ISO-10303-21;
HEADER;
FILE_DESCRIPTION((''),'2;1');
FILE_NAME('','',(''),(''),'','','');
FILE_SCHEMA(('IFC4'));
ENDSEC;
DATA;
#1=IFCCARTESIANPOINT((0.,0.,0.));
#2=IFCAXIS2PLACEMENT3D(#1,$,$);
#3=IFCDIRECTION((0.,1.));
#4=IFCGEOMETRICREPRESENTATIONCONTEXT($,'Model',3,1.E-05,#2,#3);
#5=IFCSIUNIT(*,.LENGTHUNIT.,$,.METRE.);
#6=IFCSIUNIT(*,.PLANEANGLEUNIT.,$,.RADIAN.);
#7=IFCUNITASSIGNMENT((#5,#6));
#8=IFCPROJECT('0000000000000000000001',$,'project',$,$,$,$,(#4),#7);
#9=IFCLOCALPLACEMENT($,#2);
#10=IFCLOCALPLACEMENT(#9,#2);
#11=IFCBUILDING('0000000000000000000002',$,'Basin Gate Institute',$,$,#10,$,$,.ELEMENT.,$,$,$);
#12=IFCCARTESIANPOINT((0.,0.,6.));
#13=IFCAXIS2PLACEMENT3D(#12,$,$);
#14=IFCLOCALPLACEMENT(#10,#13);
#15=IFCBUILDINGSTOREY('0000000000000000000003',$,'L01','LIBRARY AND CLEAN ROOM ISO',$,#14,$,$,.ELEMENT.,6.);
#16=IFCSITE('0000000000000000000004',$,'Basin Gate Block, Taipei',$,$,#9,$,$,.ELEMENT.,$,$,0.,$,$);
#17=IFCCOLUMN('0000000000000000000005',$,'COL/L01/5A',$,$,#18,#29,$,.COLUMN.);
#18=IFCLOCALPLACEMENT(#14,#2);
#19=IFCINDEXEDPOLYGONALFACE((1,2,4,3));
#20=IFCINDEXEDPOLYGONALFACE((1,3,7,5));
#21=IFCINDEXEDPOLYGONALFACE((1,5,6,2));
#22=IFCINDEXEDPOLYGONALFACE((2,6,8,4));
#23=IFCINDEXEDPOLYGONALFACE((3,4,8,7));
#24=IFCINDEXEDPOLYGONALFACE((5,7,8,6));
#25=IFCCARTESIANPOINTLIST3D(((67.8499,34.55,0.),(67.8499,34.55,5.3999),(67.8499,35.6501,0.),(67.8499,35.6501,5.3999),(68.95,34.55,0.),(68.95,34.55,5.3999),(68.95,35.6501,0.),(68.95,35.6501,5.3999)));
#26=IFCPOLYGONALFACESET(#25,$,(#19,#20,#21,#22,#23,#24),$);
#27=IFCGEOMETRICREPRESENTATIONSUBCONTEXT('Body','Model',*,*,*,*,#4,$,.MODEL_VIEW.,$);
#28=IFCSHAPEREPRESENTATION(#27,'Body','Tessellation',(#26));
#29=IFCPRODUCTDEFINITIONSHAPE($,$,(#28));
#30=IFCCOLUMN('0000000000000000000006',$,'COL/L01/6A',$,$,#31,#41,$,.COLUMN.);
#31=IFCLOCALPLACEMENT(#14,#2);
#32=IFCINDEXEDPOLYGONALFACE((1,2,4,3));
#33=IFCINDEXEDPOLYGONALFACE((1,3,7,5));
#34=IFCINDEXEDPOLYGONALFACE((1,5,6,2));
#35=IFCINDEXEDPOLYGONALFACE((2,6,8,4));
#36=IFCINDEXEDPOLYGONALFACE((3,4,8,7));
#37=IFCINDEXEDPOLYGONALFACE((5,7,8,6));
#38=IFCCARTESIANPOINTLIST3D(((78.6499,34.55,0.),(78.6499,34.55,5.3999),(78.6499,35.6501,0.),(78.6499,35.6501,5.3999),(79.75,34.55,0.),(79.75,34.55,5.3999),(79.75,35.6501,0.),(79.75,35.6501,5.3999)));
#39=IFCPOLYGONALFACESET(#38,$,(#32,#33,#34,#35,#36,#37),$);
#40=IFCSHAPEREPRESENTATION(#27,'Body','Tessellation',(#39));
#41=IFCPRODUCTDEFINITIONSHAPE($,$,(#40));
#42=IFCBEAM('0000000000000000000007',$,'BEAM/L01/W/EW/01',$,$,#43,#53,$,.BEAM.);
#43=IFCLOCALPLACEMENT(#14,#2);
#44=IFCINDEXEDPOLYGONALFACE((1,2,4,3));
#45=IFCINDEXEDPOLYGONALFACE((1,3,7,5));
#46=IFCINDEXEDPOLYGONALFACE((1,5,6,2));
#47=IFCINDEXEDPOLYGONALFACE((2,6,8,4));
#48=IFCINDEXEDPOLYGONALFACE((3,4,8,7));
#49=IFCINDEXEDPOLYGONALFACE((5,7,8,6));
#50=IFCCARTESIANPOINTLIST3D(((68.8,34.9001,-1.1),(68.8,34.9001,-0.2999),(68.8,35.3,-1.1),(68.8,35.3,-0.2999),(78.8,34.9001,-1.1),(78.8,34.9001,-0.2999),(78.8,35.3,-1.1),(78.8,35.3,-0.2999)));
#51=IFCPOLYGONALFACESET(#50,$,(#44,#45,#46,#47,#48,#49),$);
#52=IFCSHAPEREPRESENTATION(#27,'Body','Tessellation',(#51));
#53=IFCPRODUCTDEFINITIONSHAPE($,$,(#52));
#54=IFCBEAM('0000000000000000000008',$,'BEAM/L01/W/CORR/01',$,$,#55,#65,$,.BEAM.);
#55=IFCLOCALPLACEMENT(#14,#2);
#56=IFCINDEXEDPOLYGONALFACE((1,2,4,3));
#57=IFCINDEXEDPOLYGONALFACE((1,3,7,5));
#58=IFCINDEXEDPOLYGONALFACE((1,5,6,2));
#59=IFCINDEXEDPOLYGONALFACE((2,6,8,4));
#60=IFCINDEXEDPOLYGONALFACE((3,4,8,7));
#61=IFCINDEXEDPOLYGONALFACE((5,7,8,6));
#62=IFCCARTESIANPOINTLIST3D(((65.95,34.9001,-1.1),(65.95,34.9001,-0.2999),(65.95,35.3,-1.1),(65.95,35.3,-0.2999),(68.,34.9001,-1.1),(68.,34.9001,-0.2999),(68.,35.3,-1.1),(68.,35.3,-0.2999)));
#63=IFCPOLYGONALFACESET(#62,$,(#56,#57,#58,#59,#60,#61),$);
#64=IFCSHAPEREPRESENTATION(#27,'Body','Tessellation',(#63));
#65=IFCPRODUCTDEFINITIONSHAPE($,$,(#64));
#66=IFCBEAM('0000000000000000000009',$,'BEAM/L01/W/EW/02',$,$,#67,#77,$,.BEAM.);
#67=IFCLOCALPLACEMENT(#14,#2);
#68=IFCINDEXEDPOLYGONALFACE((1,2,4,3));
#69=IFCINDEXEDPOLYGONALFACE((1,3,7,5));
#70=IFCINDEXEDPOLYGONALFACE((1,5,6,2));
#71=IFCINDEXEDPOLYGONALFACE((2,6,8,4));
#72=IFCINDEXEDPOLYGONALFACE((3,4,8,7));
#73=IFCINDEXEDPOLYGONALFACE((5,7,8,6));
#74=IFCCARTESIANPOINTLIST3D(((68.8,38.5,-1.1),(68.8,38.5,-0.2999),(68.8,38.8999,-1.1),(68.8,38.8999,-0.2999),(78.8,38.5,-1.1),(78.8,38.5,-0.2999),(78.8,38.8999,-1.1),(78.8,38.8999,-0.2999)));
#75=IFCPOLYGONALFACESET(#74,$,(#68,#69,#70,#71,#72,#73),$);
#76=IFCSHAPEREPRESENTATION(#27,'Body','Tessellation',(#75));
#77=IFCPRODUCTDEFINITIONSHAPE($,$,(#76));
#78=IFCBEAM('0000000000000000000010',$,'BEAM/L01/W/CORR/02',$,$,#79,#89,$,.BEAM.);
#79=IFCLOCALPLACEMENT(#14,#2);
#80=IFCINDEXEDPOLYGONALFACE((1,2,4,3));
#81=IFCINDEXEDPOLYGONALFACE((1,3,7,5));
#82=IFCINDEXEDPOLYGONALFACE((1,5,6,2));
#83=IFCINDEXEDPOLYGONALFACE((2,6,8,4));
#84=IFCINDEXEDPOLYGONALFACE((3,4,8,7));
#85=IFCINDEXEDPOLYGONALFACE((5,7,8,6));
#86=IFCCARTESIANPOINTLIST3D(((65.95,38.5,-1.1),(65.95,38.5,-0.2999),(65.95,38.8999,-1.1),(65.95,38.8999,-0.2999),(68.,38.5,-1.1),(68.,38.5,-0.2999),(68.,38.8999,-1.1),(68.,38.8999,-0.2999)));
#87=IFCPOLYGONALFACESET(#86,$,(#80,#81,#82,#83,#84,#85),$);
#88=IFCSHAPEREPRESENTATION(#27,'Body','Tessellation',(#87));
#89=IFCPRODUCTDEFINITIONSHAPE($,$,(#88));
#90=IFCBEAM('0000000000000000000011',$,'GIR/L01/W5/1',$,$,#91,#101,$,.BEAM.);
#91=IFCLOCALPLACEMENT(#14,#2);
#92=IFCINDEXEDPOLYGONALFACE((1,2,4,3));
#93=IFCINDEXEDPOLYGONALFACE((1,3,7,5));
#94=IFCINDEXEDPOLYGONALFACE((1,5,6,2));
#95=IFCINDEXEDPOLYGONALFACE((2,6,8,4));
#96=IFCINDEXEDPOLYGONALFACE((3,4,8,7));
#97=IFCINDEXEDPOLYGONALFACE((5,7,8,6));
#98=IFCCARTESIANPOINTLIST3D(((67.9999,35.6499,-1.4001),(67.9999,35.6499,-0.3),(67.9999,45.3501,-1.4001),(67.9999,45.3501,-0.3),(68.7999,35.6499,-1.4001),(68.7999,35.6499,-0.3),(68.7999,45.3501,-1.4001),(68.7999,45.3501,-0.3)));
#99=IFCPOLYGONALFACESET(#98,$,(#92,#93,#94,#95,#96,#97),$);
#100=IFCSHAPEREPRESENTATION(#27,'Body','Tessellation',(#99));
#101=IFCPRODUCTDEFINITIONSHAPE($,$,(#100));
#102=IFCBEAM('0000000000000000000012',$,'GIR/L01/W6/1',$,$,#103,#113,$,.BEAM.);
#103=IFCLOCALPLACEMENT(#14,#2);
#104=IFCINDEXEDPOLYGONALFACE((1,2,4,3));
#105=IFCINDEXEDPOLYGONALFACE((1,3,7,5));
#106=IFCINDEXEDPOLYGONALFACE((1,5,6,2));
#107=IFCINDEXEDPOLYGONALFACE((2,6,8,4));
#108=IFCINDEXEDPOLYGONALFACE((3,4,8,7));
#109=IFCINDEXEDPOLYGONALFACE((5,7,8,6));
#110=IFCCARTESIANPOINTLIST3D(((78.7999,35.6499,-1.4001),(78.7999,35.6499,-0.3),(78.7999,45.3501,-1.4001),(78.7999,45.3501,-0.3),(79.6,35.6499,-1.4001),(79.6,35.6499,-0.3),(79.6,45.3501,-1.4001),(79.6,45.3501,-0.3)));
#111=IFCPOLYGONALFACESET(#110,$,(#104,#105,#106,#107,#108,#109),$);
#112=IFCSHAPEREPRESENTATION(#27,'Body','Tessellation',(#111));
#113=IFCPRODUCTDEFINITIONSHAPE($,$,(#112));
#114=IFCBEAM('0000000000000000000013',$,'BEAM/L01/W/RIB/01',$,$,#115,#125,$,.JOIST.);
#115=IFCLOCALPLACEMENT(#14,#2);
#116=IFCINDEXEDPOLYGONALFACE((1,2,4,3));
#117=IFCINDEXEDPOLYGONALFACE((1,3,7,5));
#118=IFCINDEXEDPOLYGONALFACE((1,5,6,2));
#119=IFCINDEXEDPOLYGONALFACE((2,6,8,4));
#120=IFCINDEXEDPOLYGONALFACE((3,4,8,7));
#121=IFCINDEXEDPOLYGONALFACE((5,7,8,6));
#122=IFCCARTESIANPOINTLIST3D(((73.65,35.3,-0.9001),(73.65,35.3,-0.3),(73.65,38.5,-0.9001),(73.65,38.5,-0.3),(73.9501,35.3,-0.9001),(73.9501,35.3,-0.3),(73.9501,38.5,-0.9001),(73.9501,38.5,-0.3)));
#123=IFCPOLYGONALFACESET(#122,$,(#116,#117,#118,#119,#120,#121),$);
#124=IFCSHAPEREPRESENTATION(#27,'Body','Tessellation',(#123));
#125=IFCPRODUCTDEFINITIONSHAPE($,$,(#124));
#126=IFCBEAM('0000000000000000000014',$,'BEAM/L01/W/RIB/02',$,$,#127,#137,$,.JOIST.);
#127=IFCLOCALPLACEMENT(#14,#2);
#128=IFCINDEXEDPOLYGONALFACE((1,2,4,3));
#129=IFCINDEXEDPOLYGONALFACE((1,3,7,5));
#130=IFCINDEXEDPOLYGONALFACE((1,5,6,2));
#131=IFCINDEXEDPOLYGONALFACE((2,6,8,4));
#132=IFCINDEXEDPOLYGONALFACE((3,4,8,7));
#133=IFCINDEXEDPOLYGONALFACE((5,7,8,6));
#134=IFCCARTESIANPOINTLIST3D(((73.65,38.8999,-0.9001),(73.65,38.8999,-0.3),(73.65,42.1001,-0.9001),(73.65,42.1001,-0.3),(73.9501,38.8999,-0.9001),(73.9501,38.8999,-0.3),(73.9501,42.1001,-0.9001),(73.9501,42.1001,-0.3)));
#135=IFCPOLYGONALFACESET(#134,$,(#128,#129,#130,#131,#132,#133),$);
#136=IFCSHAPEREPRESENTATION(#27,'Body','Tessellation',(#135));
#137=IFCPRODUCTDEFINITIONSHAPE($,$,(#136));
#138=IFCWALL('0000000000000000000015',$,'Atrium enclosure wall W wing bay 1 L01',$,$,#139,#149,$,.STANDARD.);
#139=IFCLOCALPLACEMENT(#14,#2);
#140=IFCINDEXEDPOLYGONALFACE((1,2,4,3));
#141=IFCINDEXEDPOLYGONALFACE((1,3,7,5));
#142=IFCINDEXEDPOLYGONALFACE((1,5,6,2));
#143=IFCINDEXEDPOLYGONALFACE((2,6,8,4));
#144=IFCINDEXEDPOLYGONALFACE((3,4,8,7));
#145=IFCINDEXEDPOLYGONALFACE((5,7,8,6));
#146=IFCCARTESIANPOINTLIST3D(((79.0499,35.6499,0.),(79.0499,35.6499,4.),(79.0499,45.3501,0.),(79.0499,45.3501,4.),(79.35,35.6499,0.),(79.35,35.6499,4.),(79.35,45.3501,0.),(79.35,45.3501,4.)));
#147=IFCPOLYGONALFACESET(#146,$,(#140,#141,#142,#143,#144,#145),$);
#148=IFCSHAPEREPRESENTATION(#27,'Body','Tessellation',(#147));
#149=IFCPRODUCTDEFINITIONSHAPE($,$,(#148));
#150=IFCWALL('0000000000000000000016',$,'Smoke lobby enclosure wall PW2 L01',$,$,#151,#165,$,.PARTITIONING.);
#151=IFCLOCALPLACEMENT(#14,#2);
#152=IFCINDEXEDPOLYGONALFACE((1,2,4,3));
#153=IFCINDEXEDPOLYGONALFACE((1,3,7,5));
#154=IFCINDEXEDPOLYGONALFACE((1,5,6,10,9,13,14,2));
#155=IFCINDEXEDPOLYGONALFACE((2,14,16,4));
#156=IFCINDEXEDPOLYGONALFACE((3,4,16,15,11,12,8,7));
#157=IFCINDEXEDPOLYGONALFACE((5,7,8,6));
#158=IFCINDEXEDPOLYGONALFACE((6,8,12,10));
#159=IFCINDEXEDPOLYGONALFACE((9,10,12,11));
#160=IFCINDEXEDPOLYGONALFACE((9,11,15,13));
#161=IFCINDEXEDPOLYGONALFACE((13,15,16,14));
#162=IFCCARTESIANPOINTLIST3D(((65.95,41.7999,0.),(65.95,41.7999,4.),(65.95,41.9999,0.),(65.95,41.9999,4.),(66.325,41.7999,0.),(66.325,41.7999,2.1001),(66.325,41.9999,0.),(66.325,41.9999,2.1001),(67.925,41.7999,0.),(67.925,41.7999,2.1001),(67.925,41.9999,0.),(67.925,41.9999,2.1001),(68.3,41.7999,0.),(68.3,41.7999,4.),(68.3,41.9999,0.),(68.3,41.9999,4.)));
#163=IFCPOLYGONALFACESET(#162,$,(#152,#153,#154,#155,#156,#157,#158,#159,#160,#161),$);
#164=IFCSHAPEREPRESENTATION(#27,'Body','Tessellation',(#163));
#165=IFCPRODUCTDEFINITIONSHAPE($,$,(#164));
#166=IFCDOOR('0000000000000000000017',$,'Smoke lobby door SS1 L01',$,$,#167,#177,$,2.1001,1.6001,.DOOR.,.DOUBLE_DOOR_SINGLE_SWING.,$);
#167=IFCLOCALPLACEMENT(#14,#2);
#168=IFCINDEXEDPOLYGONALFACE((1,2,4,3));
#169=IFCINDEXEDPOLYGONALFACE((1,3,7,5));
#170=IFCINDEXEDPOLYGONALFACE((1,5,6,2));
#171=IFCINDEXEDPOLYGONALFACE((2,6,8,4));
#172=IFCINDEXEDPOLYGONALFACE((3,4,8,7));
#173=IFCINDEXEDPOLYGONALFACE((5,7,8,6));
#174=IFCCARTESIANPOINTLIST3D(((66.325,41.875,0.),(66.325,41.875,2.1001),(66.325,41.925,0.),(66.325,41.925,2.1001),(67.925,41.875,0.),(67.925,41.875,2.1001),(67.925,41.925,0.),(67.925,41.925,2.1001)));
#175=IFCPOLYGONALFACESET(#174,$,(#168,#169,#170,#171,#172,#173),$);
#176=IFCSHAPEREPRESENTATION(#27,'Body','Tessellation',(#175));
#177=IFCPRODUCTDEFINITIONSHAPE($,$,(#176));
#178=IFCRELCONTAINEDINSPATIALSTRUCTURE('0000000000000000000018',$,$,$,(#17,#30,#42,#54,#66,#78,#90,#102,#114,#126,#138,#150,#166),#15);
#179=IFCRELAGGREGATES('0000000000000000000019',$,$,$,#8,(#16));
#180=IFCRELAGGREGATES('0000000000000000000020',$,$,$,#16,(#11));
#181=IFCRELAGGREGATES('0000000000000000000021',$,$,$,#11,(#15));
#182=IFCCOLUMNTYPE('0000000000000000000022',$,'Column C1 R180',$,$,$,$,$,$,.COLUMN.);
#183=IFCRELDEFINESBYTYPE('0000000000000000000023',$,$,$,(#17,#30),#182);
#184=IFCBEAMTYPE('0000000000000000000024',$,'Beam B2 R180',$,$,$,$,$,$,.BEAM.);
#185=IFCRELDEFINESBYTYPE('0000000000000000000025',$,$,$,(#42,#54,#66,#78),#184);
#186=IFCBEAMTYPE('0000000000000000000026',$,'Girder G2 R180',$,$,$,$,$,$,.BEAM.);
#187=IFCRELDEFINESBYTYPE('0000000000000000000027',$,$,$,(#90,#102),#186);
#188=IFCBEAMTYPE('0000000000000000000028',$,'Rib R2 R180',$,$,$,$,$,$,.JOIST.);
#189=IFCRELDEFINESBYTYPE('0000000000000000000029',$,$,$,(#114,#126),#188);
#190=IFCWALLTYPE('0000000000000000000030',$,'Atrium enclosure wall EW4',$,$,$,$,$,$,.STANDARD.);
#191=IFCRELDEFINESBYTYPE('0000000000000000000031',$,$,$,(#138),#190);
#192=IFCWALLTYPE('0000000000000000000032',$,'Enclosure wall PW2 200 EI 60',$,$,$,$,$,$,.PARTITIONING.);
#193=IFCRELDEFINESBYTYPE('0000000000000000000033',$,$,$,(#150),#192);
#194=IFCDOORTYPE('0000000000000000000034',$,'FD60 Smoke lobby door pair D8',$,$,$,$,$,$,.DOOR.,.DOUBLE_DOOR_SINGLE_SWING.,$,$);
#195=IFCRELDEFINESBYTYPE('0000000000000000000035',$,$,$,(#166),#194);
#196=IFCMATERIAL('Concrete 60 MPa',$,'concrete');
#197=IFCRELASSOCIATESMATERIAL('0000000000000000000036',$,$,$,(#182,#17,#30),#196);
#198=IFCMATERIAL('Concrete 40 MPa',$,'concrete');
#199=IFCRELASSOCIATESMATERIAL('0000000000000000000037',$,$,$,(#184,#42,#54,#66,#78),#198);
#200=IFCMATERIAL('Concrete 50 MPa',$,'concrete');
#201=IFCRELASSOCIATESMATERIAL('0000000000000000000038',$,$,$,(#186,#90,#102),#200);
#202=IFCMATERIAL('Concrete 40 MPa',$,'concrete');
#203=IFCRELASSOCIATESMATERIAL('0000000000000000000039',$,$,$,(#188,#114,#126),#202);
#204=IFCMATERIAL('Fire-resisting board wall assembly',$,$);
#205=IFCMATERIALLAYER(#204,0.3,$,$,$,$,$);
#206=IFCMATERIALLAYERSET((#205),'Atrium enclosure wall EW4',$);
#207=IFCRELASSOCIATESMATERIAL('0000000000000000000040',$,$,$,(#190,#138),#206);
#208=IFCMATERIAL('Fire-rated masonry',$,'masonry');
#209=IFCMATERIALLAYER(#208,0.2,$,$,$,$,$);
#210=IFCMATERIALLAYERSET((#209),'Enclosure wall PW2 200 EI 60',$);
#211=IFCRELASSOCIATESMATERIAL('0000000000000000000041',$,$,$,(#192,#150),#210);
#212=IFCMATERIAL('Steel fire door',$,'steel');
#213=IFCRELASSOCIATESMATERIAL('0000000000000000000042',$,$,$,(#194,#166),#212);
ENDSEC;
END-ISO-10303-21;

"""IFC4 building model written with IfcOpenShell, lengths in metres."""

from ifc_helpers import new_model, si_unit, direction, frame, frame_2d, origin, origin_2d, place, context, subcontext, project, spatial, rectangle, extrude, material, layer, layer_set, material_profile, profile_set, type_object, element, fill, save


model = new_model("IFC4")

# Units and contexts
model_context = context("Model", 3, precision=1e-05, world=origin(), true_north=direction((0.0, 1.0)))
body_context = subcontext(model_context, "Body", "Model", "MODEL_VIEW")
ifc_project = project(units=[si_unit("LENGTHUNIT", "METRE"), si_unit("PLANEANGLEUNIT", "RADIAN")], contexts=[model_context])

# Site, building, storey
site_placement = place(None, origin())
site = spatial("IfcSite", under=ifc_project, at=site_placement, Name="Basin Gate Block, Taipei", CompositionType="ELEMENT", RefElevation=0.0)
building_placement = place(site_placement, origin())
building = spatial("IfcBuilding", under=site, at=building_placement, Name="Basin Gate Institute", CompositionType="ELEMENT")
storey_placement = place(building_placement, frame((0.0, 0.0, 6.0)))
storey = spatial("IfcBuildingStorey", under=building, at=storey_placement, Name="L01", Description="LIBRARY AND CLEAN ROOM ISO", CompositionType="ELEMENT", Elevation=6.0)

# Columns
ifc_material_1 = material(Name="Concrete 60 MPa", Category="concrete")
ifc_material_profile_1 = material_profile(ifc_material_1, rectangle(XDim=1.1001, YDim=1.1001, at=origin_2d()), Name="Column C1 1100 x 1100")
ifc_profile_set_1 = profile_set([ifc_material_profile_1], Name="Concrete 60 MPa")
column_type = type_object("IfcColumnType", Name="Column C1 R180", PredefinedType="COLUMN", material=ifc_profile_set_1)
for number, where, z_axis, x_axis, name in (
    (1, (68.3999, 35.1001, 0.0), (0.0, 0.0, 1.0), (1.0, 0.0, 0.0), "COL/L01/5A"),
    (2, (79.2, 35.1001, 0.0), (0.0, 0.0, 1.0), (1.0, 0.0, 0.0), "COL/L01/6A"),
):
    element("IfcColumn", number, at=place(storey_placement, frame(where, z_axis=z_axis, x_axis=x_axis)), inside=storey, type_object=column_type, material=ifc_profile_set_1, Name=name, PredefinedType="COLUMN", context=body_context, shape_type="SweptSolid", body=[
        extrude(rectangle(XDim=1.1001, YDim=1.1001, at=origin_2d()), origin(), (0.0, 0.0, 1.0), 5.3999),
    ])

# Beams
ifc_material_2 = material(Name="Concrete 40 MPa", Category="concrete")
ifc_material_profile_2 = material_profile(ifc_material_2, rectangle(XDim=0.3999, YDim=0.8, at=origin_2d()), Name="Beam B2 400 x 800")
ifc_profile_set_2 = profile_set([ifc_material_profile_2], Name="Concrete 40 MPa")
beam_type_1 = type_object("IfcBeamType", Name="Beam B2 R180", PredefinedType="BEAM", material=ifc_profile_set_2)
beam_1_placement = place(storey_placement, frame((68.8, 35.1001, -0.7), z_axis=(1.0, 0.0, 0.0), x_axis=(0.0, 1.0, 0.0)))
element("IfcBeam", 3, at=beam_1_placement, inside=storey, type_object=beam_type_1, material=ifc_profile_set_2, Name="BEAM/L01/W/EW/01", PredefinedType="BEAM", context=body_context, shape_type="SweptSolid", body=[
    extrude(rectangle(XDim=0.3999, YDim=0.8, at=origin_2d()), origin(), (0.0, 0.0, 1.0), 10.0),
])
beam_2_placement = place(storey_placement, frame((65.95, 35.1001, -0.7), z_axis=(1.0, 0.0, 0.0), x_axis=(0.0, 1.0, 0.0)))
element("IfcBeam", 4, at=beam_2_placement, inside=storey, type_object=beam_type_1, material=ifc_profile_set_2, Name="BEAM/L01/W/CORR/01", PredefinedType="BEAM", context=body_context, shape_type="SweptSolid", body=[
    extrude(rectangle(XDim=0.3999, YDim=0.8, at=origin_2d()), origin(), (0.0, 0.0, 1.0), 2.05),
])
beam_3_placement = place(storey_placement, frame((68.8, 38.7, -0.7), z_axis=(1.0, 0.0, 0.0), x_axis=(0.0, 1.0, 0.0)))
element("IfcBeam", 5, at=beam_3_placement, inside=storey, type_object=beam_type_1, material=ifc_profile_set_2, Name="BEAM/L01/W/EW/02", PredefinedType="BEAM", context=body_context, shape_type="SweptSolid", body=[
    extrude(rectangle(XDim=0.3999, YDim=0.8, at=origin_2d()), origin(), (0.0, 0.0, 1.0), 10.0),
])
beam_4_placement = place(storey_placement, frame((65.95, 38.7, -0.7), z_axis=(1.0, 0.0, 0.0), x_axis=(0.0, 1.0, 0.0)))
element("IfcBeam", 6, at=beam_4_placement, inside=storey, type_object=beam_type_1, material=ifc_profile_set_2, Name="BEAM/L01/W/CORR/02", PredefinedType="BEAM", context=body_context, shape_type="SweptSolid", body=[
    extrude(rectangle(XDim=0.3999, YDim=0.8, at=origin_2d()), origin(), (0.0, 0.0, 1.0), 2.05),
])
ifc_material_3 = material(Name="Concrete 50 MPa", Category="concrete")
ifc_material_profile_3 = material_profile(ifc_material_3, rectangle(XDim=0.8, YDim=1.1001, at=origin_2d()), Name="Girder G2 800 x 1100")
ifc_profile_set_3 = profile_set([ifc_material_profile_3], Name="Concrete 50 MPa")
beam_type_2 = type_object("IfcBeamType", Name="Girder G2 R180", PredefinedType="BEAM", material=ifc_profile_set_3)
for number, where, z_axis, x_axis, name in (
    (7, (68.3999, 35.6499, -0.8501), (0.0, 1.0, 0.0), (-1.0, 0.0, 0.0), "GIR/L01/W5/1"),
    (8, (79.2, 35.6499, -0.8501), (0.0, 1.0, 0.0), (-1.0, 0.0, 0.0), "GIR/L01/W6/1"),
):
    element("IfcBeam", number, at=place(storey_placement, frame(where, z_axis=z_axis, x_axis=x_axis)), inside=storey, type_object=beam_type_2, material=ifc_profile_set_3, Name=name, PredefinedType="BEAM", context=body_context, shape_type="SweptSolid", body=[
        extrude(rectangle(XDim=0.8, YDim=1.1001, at=origin_2d()), origin(), (0.0, 0.0, 1.0), 9.7002),
    ])
ifc_material_4 = material(Name="Concrete 40 MPa", Category="concrete")
ifc_material_profile_4 = material_profile(ifc_material_4, rectangle(XDim=0.3, YDim=0.6001, at=origin_2d()), Name="Rib R2 300 x 600")
ifc_profile_set_4 = profile_set([ifc_material_profile_4], Name="Concrete 40 MPa")
beam_type_3 = type_object("IfcBeamType", Name="Rib R2 R180", PredefinedType="JOIST", material=ifc_profile_set_4)
beam_5_placement = place(storey_placement, frame((73.8, 35.3, -0.6001), z_axis=(0.0, 1.0, 0.0), x_axis=(-1.0, 0.0, 0.0)))
element("IfcBeam", 9, at=beam_5_placement, inside=storey, type_object=beam_type_3, material=ifc_profile_set_4, Name="BEAM/L01/W/RIB/01", PredefinedType="JOIST", context=body_context, shape_type="SweptSolid", body=[
    extrude(rectangle(XDim=0.3, YDim=0.6001, at=origin_2d()), origin(), (0.0, 0.0, 1.0), 3.2),
])
beam_6_placement = place(storey_placement, frame((73.8, 38.8999, -0.6001), z_axis=(0.0, 1.0, 0.0), x_axis=(-1.0, 0.0, 0.0)))
element("IfcBeam", 10, at=beam_6_placement, inside=storey, type_object=beam_type_3, material=ifc_profile_set_4, Name="BEAM/L01/W/RIB/02", PredefinedType="JOIST", context=body_context, shape_type="SweptSolid", body=[
    extrude(rectangle(XDim=0.3, YDim=0.6001, at=origin_2d()), origin(), (0.0, 0.0, 1.0), 3.2002),
])

# Wall
ifc_material_5 = material(Name="Fire-resisting board wall assembly")
ifc_layer_1 = layer(ifc_material_5, 0.3)
ifc_layer_set_1 = layer_set([ifc_layer_1], Name="Atrium enclosure wall EW4")
wall_type_1 = type_object("IfcWallType", Name="Atrium enclosure wall EW4", PredefinedType="STANDARD", material=ifc_layer_set_1)
wall_1_placement = place(storey_placement, frame((79.2, 35.6499, 0.0), z_axis=(0.0, 0.0, 1.0), x_axis=(0.0, 1.0, 0.0)))
element("IfcWall", 11, at=wall_1_placement, inside=storey, type_object=wall_type_1, material=ifc_layer_set_1, Name="Atrium enclosure wall W wing bay 1 L01", PredefinedType="STANDARD", context=body_context, shape_type="SweptSolid", body=[
    extrude(rectangle(XDim=9.7002, YDim=0.3, at=frame_2d((4.8501, 0.0))), origin(), (0.0, 0.0, 1.0), 4.0),
])

# Wall, opening, door
ifc_material_6 = material(Name="Fire-rated masonry", Category="masonry")
ifc_layer_2 = layer(ifc_material_6, 0.2)
ifc_layer_set_2 = layer_set([ifc_layer_2], Name="Enclosure wall PW2 200 EI 60")
wall_type_2 = type_object("IfcWallType", Name="Enclosure wall PW2 200 EI 60", PredefinedType="PARTITIONING", material=ifc_layer_set_2)
wall_2_placement = place(storey_placement, frame((65.95, 41.8999, 0.0), z_axis=(0.0, 0.0, 1.0), x_axis=(1.0, 0.0, 0.0)))
wall_2 = element("IfcWall", 12, at=wall_2_placement, inside=storey, type_object=wall_type_2, material=ifc_layer_set_2, Name="Smoke lobby enclosure wall PW2 L01", PredefinedType="PARTITIONING", context=body_context, shape_type="SweptSolid", body=[
    extrude(rectangle(XDim=2.3501, YDim=0.2, at=frame_2d((1.175, 0.0))), origin(), (0.0, 0.0, 1.0), 4.0),
])
opening_1_placement = place(wall_2_placement, frame((0.375, 0.0, 0.0)))
opening_1 = element("IfcOpeningElement", 13, at=opening_1_placement, cuts=wall_2, PredefinedType="OPENING", context=body_context, shape_type="SweptSolid", body=[
    extrude(rectangle(XDim=1.6001, YDim=2.1001, at=frame_2d((0.8, 1.05))), frame((0.0, 0.1099, 0.0), z_axis=(0.0, -1.0, 0.0), x_axis=(1.0, 0.0, 0.0)), (0.0, 0.0, 1.0), 0.22),
])
ifc_material_7 = material(Name="Steel fire door", Category="steel")
door_type = type_object("IfcDoorType", Name="FD60 Smoke lobby door pair D8", OperationType="DOUBLE_DOOR_SINGLE_SWING", PredefinedType="DOOR", material=ifc_material_7)
door_placement = place(opening_1_placement, frame((1.6001, 0.0, 0.0), z_axis=(0.0, 0.0, 1.0), x_axis=(-1.0, 0.0, 0.0)))
door = element("IfcDoor", 14, at=door_placement, inside=storey, type_object=door_type, material=ifc_material_7, Name="Smoke lobby door SS1 L01", OperationType="DOUBLE_DOOR_SINGLE_SWING", OverallHeight=2.1001, OverallWidth=1.6001, PredefinedType="DOOR", context=body_context, shape_type="SweptSolid", body=[
    extrude(rectangle(XDim=1.6001, YDim=2.1001, at=frame_2d((0.8, 1.05))), frame((0.0, 0.0249, 0.0), z_axis=(0.0, -1.0, 0.0), x_axis=(1.0, 0.0, 0.0)), (0.0, 0.0, 1.0), 0.05),
])
fill(opening_1, door)

save(model, "model.ifc")
